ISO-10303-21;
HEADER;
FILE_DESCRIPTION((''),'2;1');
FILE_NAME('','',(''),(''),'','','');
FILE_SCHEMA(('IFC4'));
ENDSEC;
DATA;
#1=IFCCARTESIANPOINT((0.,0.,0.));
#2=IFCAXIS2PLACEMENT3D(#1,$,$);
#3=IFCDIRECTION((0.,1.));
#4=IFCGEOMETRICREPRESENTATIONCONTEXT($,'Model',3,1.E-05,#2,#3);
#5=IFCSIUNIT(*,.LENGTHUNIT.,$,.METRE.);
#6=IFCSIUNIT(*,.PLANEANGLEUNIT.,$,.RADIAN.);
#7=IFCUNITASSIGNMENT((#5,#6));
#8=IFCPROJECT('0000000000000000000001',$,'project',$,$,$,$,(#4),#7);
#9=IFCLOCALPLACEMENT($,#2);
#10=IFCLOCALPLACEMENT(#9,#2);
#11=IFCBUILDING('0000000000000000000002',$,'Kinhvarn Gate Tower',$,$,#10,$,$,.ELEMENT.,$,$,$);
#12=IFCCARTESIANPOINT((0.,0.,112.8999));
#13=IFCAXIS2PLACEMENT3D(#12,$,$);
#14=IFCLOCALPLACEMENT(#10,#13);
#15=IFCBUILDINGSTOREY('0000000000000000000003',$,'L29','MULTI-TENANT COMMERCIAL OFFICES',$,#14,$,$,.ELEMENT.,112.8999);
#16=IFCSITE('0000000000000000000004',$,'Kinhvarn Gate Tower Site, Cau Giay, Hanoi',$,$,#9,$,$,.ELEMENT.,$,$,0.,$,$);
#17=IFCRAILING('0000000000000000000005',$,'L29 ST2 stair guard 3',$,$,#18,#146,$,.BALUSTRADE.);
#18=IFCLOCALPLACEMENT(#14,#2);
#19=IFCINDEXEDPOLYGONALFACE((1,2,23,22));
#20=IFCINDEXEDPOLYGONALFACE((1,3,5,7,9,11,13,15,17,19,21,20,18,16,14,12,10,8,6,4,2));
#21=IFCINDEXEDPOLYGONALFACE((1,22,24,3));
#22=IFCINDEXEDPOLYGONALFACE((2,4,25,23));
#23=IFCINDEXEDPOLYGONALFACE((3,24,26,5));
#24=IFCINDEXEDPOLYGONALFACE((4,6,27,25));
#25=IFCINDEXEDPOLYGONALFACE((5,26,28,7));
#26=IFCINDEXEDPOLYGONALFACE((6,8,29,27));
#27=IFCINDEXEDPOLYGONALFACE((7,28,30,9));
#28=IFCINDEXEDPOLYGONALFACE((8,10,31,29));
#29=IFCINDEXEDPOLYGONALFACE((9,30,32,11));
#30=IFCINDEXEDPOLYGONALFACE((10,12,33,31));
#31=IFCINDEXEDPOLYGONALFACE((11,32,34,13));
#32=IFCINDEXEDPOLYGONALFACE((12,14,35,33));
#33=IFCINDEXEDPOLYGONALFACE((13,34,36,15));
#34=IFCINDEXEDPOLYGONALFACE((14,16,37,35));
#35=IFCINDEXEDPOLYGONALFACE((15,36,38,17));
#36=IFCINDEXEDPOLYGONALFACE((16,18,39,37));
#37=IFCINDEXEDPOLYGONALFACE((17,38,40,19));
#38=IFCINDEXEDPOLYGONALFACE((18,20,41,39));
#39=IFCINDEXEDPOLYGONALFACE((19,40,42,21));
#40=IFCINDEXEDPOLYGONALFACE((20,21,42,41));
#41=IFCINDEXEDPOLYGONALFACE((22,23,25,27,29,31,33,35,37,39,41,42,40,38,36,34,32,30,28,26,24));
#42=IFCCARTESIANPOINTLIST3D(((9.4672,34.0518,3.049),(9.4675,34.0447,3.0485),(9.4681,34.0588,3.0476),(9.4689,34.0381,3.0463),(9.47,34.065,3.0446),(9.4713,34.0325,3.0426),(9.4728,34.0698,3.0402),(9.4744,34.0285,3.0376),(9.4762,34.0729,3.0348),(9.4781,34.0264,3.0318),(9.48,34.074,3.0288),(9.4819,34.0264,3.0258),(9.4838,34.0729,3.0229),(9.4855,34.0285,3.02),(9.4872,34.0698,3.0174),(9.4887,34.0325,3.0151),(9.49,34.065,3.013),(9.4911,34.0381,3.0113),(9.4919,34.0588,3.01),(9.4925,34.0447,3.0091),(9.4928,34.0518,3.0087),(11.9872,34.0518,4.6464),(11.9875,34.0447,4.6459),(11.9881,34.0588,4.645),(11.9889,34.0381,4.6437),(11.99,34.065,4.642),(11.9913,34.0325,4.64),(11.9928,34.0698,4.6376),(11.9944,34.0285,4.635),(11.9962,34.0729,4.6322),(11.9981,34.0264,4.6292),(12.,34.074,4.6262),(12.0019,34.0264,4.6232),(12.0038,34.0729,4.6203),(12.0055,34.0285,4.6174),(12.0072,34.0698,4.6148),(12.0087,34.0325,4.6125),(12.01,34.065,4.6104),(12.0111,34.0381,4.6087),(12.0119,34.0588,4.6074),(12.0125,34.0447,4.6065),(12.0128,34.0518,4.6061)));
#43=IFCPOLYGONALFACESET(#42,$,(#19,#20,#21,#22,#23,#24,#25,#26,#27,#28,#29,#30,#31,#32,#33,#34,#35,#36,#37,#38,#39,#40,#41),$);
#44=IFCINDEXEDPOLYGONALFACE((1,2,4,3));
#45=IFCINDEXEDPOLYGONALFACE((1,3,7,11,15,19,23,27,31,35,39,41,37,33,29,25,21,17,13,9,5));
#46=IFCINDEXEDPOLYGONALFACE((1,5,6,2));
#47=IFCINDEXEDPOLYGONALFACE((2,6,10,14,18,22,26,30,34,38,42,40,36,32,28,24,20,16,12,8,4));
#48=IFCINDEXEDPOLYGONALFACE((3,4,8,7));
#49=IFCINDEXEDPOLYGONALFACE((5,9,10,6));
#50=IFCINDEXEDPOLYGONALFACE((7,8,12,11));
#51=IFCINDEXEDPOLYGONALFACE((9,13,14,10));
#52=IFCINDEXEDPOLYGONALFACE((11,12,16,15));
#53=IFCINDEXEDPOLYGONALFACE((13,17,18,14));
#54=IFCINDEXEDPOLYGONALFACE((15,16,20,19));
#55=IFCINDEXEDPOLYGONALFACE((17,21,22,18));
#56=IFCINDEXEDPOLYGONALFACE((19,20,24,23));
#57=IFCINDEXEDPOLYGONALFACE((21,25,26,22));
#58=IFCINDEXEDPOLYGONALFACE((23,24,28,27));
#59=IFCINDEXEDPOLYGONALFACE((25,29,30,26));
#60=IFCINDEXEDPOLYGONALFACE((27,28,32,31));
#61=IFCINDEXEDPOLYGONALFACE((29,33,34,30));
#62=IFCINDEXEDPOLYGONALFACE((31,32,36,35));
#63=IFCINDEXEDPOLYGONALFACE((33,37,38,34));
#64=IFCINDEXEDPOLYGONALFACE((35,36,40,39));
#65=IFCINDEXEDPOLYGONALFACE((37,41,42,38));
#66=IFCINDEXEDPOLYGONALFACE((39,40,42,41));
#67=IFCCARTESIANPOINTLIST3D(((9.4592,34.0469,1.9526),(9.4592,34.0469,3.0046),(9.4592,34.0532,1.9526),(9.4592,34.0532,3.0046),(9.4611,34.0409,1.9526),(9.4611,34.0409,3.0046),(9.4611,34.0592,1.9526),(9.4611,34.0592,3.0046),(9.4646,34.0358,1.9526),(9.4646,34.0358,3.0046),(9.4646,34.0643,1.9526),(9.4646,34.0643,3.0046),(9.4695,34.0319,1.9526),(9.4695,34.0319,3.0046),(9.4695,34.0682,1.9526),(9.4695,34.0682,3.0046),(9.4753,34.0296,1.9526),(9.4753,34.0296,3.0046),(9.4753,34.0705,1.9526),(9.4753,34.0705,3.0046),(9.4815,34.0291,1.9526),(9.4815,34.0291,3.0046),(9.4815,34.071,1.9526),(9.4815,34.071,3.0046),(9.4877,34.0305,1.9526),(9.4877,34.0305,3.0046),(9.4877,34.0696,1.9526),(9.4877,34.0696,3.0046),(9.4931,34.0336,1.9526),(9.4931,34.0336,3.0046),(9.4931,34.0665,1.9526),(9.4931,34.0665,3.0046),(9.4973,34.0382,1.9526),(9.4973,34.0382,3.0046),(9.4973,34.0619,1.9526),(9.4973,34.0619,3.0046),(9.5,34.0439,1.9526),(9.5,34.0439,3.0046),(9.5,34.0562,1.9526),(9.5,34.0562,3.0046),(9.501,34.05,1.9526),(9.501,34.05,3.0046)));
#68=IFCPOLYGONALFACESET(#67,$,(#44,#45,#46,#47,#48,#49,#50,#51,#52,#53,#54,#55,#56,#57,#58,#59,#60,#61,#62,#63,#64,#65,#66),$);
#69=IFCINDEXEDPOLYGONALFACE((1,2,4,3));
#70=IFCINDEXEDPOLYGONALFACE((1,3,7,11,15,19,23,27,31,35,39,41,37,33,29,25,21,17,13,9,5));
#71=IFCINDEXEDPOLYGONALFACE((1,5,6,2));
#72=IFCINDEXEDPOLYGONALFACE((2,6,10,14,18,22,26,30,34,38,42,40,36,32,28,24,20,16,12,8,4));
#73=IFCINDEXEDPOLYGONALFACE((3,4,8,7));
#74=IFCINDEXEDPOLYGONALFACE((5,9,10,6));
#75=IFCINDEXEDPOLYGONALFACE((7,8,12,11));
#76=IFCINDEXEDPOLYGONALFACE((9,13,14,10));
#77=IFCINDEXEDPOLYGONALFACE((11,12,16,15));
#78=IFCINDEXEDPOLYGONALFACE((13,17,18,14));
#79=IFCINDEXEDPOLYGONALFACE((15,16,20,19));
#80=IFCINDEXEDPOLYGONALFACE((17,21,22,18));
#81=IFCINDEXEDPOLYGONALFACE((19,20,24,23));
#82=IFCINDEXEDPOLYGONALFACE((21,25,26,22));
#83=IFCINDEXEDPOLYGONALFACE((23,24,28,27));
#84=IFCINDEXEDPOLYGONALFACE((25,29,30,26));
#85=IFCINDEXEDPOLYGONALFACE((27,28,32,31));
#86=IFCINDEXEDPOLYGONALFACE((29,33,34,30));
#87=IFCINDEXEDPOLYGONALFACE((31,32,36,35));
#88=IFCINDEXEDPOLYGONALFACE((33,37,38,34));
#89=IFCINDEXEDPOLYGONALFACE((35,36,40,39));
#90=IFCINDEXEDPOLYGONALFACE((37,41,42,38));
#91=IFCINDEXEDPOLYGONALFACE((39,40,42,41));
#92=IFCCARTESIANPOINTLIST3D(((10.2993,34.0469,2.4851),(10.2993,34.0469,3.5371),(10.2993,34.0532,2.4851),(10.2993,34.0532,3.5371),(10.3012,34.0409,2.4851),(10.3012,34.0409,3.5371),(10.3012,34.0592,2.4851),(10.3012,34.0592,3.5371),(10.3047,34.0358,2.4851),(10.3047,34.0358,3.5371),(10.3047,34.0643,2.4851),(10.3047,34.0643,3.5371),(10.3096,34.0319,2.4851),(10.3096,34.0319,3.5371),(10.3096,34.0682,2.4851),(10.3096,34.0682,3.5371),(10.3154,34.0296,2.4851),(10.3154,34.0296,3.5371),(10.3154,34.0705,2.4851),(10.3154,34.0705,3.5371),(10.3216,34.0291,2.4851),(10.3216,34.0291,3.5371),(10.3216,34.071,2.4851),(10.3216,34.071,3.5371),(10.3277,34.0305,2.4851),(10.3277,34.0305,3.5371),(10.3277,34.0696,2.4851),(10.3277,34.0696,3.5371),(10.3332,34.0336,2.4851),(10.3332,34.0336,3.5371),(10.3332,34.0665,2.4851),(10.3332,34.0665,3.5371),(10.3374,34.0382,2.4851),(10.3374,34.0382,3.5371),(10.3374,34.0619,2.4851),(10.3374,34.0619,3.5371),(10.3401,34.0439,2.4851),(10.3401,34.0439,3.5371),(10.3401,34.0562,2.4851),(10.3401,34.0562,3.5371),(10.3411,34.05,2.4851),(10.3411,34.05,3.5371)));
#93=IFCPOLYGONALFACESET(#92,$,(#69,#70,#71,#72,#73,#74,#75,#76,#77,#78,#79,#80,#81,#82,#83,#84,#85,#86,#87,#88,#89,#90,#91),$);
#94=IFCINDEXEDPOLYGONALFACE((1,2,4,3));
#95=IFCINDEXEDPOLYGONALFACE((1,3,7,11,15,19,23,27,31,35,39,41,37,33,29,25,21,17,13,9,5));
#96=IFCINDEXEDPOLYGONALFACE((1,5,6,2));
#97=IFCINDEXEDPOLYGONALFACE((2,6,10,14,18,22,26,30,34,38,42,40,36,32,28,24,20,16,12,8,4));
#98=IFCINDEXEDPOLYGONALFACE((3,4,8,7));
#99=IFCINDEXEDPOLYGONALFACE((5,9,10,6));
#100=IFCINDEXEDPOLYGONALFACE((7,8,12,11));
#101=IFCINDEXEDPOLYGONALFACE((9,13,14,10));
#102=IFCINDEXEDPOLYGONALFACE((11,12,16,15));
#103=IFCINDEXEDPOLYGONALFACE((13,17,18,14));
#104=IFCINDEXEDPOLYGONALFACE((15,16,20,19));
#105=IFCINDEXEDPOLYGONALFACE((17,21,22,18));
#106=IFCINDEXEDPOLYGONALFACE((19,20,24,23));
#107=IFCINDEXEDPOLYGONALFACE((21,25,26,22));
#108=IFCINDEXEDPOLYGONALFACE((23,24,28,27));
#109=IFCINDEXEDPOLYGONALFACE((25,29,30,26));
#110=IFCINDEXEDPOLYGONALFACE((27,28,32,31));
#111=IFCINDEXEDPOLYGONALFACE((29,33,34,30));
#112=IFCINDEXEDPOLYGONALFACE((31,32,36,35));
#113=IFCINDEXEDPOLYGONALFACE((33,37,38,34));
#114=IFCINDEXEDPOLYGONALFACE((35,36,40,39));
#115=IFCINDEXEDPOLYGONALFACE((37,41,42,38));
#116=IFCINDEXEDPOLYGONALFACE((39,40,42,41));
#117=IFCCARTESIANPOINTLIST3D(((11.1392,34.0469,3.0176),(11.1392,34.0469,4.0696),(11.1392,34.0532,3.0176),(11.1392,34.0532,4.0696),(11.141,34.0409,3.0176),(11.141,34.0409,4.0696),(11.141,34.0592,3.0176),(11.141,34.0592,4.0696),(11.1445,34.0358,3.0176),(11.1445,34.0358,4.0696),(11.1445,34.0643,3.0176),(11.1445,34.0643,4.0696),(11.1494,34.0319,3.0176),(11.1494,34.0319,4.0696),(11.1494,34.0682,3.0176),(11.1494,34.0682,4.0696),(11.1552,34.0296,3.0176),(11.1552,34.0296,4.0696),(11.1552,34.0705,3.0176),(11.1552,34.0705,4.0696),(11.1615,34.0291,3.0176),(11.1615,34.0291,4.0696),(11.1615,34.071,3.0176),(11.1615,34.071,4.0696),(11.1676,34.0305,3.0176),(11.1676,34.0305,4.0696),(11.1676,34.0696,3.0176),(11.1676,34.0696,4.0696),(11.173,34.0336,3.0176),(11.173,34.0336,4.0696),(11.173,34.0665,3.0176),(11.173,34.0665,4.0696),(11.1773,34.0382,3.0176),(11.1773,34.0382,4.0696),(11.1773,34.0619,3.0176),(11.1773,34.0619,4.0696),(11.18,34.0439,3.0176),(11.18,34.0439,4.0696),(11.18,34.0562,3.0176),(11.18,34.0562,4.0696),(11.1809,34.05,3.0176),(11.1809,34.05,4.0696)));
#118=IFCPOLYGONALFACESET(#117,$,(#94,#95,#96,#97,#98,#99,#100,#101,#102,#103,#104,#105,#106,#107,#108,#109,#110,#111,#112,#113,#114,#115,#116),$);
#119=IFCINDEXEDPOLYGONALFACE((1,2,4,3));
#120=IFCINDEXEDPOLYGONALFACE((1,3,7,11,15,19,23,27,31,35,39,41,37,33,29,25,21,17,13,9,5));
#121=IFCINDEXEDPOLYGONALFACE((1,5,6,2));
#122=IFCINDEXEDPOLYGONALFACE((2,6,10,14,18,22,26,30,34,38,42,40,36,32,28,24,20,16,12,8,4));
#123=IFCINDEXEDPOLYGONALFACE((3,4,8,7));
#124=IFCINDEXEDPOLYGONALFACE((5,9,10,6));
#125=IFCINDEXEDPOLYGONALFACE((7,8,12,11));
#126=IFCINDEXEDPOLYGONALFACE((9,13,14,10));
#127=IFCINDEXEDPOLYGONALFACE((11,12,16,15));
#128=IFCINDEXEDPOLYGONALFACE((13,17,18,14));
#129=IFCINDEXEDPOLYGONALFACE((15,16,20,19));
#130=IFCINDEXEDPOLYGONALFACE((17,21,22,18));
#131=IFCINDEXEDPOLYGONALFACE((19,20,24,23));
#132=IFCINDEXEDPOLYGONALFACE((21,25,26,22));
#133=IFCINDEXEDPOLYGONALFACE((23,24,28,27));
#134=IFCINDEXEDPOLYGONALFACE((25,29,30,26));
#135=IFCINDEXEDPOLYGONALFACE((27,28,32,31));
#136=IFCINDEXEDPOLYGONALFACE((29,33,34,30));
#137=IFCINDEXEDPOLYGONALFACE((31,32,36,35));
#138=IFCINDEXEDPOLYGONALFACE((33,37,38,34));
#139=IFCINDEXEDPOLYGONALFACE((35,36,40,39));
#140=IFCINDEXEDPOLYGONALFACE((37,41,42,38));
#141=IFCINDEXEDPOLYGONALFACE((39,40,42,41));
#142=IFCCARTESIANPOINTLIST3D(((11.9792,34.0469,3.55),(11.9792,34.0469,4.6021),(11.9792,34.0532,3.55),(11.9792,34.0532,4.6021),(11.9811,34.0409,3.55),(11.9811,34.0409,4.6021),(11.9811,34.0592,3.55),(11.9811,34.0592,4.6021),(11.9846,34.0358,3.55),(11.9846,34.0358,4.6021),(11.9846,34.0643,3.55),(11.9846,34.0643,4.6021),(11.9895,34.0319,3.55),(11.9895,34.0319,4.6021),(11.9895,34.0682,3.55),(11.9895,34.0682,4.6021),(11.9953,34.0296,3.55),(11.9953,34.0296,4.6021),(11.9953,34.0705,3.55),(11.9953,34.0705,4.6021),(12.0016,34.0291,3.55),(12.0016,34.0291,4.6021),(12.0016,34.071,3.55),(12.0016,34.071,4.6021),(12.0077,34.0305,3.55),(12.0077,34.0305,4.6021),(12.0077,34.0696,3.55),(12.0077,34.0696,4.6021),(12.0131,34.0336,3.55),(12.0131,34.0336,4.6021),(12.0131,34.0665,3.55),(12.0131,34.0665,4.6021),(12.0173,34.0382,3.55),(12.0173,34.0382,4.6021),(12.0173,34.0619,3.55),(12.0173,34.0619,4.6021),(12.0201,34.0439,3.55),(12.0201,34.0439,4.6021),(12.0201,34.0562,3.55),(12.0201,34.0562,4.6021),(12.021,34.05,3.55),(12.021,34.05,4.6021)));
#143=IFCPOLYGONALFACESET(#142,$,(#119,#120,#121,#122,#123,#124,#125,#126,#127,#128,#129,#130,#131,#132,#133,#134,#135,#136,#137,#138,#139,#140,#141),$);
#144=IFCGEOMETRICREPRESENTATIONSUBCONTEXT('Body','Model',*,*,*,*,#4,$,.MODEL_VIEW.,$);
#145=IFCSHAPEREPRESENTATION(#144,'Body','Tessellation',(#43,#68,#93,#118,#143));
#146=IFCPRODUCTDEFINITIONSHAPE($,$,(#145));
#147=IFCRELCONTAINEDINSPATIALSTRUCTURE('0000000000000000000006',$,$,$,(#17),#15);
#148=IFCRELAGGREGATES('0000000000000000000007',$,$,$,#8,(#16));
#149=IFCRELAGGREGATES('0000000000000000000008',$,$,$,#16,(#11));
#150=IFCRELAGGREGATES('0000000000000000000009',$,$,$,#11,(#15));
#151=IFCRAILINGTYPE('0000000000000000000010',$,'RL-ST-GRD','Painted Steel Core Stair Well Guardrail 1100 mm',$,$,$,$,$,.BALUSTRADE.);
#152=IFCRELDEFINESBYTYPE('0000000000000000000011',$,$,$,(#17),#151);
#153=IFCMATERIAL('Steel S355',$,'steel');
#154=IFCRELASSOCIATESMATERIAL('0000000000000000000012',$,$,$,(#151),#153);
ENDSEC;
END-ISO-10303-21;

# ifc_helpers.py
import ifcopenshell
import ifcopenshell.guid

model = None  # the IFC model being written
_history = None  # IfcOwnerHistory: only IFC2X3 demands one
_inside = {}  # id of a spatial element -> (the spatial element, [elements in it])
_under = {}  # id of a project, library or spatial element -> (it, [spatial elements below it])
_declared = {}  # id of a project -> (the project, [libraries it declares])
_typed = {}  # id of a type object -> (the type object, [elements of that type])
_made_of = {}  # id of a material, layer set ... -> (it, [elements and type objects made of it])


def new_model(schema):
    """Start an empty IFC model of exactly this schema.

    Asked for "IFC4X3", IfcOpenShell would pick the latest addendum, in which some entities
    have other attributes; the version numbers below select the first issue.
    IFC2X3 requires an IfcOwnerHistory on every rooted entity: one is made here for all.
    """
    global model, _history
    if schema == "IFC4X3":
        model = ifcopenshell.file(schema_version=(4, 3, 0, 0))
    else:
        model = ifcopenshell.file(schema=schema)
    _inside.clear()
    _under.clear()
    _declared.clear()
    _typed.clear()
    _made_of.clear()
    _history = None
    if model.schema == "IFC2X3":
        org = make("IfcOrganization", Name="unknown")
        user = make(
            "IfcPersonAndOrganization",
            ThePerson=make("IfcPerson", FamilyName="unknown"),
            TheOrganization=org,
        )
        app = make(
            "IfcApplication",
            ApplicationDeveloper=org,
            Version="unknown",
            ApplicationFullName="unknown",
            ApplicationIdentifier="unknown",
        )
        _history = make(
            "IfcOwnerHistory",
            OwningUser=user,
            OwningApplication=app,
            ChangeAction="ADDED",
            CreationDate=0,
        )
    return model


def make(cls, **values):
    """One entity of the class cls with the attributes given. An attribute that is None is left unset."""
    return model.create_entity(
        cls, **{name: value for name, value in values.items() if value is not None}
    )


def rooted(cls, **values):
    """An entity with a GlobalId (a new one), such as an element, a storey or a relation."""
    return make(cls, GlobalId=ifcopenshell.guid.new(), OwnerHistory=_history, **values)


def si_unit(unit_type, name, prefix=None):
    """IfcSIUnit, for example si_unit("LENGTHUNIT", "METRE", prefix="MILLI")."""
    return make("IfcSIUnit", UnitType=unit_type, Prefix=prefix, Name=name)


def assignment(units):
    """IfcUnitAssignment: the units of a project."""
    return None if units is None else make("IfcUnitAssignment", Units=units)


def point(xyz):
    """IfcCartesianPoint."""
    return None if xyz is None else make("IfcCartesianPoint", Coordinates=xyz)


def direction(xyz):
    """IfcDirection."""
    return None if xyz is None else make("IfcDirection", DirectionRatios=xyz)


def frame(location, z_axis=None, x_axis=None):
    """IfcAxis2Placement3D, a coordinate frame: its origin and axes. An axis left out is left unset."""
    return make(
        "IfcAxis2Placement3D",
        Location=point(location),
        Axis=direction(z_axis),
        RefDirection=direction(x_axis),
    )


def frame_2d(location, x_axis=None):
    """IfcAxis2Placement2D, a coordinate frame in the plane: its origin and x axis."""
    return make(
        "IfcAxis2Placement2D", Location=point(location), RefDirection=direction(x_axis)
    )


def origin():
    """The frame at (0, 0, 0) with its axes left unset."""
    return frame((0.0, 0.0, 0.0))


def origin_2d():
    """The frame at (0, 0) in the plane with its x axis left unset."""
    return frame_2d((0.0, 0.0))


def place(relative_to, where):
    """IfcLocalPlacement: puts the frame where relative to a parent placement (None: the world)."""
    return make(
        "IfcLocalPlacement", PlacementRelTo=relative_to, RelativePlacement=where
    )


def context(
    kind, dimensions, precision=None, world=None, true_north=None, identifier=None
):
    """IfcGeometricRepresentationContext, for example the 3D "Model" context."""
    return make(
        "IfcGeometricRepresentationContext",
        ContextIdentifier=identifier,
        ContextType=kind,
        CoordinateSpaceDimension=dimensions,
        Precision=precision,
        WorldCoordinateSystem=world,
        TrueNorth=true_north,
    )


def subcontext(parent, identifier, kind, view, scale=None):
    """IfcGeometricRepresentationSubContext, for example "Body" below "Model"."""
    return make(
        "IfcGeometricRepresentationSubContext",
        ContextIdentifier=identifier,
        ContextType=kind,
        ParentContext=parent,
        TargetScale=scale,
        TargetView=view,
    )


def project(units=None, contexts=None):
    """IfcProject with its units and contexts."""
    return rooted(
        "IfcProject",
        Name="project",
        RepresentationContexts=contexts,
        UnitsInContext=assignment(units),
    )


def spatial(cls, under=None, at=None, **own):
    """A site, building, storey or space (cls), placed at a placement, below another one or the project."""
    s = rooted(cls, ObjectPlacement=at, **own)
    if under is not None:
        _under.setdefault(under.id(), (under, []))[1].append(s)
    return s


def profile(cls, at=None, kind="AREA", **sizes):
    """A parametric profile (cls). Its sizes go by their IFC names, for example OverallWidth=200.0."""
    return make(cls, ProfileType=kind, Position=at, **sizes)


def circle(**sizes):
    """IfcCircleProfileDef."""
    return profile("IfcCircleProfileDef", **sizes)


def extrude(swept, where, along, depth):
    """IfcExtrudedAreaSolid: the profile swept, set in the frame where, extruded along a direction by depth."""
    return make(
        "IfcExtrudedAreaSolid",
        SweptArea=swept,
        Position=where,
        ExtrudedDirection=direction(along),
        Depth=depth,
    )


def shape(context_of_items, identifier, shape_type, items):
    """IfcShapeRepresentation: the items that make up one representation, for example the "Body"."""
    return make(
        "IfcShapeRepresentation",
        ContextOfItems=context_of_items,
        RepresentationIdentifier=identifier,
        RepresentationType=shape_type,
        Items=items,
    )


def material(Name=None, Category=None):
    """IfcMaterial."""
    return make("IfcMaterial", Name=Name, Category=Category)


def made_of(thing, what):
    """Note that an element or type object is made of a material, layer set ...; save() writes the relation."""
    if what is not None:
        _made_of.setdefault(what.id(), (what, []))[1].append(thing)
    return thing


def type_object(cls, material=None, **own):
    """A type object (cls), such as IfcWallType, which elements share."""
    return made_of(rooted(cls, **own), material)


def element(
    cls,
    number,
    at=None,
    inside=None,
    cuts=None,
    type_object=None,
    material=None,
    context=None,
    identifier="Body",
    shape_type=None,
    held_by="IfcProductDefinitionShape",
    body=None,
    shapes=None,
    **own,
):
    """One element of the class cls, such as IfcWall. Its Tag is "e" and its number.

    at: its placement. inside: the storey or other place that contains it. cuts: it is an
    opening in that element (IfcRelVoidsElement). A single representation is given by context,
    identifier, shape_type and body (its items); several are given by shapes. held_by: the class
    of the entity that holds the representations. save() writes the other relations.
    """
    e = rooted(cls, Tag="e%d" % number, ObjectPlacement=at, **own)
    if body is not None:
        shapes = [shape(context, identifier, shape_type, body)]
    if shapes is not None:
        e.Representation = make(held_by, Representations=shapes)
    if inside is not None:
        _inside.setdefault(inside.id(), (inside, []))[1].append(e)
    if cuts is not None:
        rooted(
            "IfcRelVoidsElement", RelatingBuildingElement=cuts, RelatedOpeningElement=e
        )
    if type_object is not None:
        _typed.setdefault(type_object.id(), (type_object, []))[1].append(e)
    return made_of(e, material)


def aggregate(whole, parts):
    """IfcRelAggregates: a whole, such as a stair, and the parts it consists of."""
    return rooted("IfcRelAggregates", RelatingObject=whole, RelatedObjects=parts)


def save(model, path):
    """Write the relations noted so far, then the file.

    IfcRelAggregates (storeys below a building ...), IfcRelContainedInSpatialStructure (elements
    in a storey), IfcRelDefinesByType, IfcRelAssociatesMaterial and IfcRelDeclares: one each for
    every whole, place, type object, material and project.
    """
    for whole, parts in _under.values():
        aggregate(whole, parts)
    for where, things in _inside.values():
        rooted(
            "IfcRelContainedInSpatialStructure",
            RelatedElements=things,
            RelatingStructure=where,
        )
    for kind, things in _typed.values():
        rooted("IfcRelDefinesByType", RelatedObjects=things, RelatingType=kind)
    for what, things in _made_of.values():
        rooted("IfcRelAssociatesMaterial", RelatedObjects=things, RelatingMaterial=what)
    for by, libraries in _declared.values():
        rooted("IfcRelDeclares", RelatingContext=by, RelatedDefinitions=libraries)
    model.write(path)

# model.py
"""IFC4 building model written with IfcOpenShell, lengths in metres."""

from ifc_helpers import new_model, si_unit, direction, frame, origin, origin_2d, place, context, subcontext, project, spatial, circle, extrude, material, type_object, element, save


model = new_model("IFC4")

# Units and contexts
model_context = context("Model", 3, precision=1e-05, world=origin(), true_north=direction((0.0, 1.0)))
body_context = subcontext(model_context, "Body", "Model", "MODEL_VIEW")
ifc_project = project(units=[si_unit("LENGTHUNIT", "METRE"), si_unit("PLANEANGLEUNIT", "RADIAN")], contexts=[model_context])

# Site, building, storey
site_placement = place(None, origin())
site = spatial("IfcSite", under=ifc_project, at=site_placement, Name="Kinhvarn Gate Tower Site, Cau Giay, Hanoi", CompositionType="ELEMENT", RefElevation=0.0)
building_placement = place(site_placement, origin())
building = spatial("IfcBuilding", under=site, at=building_placement, Name="Kinhvarn Gate Tower", CompositionType="ELEMENT")
storey_placement = place(building_placement, frame((0.0, 0.0, 112.8999)))
storey = spatial("IfcBuildingStorey", under=building, at=storey_placement, Name="L29", Description="MULTI-TENANT COMMERCIAL OFFICES", CompositionType="ELEMENT", Elevation=112.8999)

# Shared definitions
ifc_material_1 = material(Name="Steel S355", Category="steel")

# Railing
railing_type_1 = type_object("IfcRailingType", Name="RL-ST-GRD", Description="Painted Steel Core Stair Well Guardrail 1100 mm", PredefinedType="BALUSTRADE", material=ifc_material_1)
railing_1_placement = place(storey_placement, frame((9.48, 34.05, 1.9526)))
element("IfcRailing", 1, at=railing_1_placement, inside=storey, type_object=railing_type_1, Name="L29 ST2 stair guard 3", PredefinedType="BALUSTRADE", context=body_context, shape_type="SweptSolid", body=[
    extrude(circle(Radius=0.0239, at=origin_2d()), frame((0.0, 0.0, 1.0762), z_axis=(0.844607, 0.0, 0.535387), x_axis=(0.0, 1.0, 0.0)), (0.0, 0.0, 1.0), 2.9836),
    extrude(circle(Radius=0.021, at=origin_2d()), origin(), (0.0, 0.0, 1.0), 1.052),
    extrude(circle(Radius=0.021, at=origin_2d()), frame((0.8401, 0.0, 0.5325)), (0.0, 0.0, 1.0), 1.052),
    extrude(circle(Radius=0.021, at=origin_2d()), frame((1.6799, 0.0, 1.0649)), (0.0, 0.0, 1.0), 1.052),
    extrude(circle(Radius=0.021, at=origin_2d()), frame((2.52, 0.0, 1.5974)), (0.0, 0.0, 1.0), 1.052),
])

save(model, "model.ifc")
